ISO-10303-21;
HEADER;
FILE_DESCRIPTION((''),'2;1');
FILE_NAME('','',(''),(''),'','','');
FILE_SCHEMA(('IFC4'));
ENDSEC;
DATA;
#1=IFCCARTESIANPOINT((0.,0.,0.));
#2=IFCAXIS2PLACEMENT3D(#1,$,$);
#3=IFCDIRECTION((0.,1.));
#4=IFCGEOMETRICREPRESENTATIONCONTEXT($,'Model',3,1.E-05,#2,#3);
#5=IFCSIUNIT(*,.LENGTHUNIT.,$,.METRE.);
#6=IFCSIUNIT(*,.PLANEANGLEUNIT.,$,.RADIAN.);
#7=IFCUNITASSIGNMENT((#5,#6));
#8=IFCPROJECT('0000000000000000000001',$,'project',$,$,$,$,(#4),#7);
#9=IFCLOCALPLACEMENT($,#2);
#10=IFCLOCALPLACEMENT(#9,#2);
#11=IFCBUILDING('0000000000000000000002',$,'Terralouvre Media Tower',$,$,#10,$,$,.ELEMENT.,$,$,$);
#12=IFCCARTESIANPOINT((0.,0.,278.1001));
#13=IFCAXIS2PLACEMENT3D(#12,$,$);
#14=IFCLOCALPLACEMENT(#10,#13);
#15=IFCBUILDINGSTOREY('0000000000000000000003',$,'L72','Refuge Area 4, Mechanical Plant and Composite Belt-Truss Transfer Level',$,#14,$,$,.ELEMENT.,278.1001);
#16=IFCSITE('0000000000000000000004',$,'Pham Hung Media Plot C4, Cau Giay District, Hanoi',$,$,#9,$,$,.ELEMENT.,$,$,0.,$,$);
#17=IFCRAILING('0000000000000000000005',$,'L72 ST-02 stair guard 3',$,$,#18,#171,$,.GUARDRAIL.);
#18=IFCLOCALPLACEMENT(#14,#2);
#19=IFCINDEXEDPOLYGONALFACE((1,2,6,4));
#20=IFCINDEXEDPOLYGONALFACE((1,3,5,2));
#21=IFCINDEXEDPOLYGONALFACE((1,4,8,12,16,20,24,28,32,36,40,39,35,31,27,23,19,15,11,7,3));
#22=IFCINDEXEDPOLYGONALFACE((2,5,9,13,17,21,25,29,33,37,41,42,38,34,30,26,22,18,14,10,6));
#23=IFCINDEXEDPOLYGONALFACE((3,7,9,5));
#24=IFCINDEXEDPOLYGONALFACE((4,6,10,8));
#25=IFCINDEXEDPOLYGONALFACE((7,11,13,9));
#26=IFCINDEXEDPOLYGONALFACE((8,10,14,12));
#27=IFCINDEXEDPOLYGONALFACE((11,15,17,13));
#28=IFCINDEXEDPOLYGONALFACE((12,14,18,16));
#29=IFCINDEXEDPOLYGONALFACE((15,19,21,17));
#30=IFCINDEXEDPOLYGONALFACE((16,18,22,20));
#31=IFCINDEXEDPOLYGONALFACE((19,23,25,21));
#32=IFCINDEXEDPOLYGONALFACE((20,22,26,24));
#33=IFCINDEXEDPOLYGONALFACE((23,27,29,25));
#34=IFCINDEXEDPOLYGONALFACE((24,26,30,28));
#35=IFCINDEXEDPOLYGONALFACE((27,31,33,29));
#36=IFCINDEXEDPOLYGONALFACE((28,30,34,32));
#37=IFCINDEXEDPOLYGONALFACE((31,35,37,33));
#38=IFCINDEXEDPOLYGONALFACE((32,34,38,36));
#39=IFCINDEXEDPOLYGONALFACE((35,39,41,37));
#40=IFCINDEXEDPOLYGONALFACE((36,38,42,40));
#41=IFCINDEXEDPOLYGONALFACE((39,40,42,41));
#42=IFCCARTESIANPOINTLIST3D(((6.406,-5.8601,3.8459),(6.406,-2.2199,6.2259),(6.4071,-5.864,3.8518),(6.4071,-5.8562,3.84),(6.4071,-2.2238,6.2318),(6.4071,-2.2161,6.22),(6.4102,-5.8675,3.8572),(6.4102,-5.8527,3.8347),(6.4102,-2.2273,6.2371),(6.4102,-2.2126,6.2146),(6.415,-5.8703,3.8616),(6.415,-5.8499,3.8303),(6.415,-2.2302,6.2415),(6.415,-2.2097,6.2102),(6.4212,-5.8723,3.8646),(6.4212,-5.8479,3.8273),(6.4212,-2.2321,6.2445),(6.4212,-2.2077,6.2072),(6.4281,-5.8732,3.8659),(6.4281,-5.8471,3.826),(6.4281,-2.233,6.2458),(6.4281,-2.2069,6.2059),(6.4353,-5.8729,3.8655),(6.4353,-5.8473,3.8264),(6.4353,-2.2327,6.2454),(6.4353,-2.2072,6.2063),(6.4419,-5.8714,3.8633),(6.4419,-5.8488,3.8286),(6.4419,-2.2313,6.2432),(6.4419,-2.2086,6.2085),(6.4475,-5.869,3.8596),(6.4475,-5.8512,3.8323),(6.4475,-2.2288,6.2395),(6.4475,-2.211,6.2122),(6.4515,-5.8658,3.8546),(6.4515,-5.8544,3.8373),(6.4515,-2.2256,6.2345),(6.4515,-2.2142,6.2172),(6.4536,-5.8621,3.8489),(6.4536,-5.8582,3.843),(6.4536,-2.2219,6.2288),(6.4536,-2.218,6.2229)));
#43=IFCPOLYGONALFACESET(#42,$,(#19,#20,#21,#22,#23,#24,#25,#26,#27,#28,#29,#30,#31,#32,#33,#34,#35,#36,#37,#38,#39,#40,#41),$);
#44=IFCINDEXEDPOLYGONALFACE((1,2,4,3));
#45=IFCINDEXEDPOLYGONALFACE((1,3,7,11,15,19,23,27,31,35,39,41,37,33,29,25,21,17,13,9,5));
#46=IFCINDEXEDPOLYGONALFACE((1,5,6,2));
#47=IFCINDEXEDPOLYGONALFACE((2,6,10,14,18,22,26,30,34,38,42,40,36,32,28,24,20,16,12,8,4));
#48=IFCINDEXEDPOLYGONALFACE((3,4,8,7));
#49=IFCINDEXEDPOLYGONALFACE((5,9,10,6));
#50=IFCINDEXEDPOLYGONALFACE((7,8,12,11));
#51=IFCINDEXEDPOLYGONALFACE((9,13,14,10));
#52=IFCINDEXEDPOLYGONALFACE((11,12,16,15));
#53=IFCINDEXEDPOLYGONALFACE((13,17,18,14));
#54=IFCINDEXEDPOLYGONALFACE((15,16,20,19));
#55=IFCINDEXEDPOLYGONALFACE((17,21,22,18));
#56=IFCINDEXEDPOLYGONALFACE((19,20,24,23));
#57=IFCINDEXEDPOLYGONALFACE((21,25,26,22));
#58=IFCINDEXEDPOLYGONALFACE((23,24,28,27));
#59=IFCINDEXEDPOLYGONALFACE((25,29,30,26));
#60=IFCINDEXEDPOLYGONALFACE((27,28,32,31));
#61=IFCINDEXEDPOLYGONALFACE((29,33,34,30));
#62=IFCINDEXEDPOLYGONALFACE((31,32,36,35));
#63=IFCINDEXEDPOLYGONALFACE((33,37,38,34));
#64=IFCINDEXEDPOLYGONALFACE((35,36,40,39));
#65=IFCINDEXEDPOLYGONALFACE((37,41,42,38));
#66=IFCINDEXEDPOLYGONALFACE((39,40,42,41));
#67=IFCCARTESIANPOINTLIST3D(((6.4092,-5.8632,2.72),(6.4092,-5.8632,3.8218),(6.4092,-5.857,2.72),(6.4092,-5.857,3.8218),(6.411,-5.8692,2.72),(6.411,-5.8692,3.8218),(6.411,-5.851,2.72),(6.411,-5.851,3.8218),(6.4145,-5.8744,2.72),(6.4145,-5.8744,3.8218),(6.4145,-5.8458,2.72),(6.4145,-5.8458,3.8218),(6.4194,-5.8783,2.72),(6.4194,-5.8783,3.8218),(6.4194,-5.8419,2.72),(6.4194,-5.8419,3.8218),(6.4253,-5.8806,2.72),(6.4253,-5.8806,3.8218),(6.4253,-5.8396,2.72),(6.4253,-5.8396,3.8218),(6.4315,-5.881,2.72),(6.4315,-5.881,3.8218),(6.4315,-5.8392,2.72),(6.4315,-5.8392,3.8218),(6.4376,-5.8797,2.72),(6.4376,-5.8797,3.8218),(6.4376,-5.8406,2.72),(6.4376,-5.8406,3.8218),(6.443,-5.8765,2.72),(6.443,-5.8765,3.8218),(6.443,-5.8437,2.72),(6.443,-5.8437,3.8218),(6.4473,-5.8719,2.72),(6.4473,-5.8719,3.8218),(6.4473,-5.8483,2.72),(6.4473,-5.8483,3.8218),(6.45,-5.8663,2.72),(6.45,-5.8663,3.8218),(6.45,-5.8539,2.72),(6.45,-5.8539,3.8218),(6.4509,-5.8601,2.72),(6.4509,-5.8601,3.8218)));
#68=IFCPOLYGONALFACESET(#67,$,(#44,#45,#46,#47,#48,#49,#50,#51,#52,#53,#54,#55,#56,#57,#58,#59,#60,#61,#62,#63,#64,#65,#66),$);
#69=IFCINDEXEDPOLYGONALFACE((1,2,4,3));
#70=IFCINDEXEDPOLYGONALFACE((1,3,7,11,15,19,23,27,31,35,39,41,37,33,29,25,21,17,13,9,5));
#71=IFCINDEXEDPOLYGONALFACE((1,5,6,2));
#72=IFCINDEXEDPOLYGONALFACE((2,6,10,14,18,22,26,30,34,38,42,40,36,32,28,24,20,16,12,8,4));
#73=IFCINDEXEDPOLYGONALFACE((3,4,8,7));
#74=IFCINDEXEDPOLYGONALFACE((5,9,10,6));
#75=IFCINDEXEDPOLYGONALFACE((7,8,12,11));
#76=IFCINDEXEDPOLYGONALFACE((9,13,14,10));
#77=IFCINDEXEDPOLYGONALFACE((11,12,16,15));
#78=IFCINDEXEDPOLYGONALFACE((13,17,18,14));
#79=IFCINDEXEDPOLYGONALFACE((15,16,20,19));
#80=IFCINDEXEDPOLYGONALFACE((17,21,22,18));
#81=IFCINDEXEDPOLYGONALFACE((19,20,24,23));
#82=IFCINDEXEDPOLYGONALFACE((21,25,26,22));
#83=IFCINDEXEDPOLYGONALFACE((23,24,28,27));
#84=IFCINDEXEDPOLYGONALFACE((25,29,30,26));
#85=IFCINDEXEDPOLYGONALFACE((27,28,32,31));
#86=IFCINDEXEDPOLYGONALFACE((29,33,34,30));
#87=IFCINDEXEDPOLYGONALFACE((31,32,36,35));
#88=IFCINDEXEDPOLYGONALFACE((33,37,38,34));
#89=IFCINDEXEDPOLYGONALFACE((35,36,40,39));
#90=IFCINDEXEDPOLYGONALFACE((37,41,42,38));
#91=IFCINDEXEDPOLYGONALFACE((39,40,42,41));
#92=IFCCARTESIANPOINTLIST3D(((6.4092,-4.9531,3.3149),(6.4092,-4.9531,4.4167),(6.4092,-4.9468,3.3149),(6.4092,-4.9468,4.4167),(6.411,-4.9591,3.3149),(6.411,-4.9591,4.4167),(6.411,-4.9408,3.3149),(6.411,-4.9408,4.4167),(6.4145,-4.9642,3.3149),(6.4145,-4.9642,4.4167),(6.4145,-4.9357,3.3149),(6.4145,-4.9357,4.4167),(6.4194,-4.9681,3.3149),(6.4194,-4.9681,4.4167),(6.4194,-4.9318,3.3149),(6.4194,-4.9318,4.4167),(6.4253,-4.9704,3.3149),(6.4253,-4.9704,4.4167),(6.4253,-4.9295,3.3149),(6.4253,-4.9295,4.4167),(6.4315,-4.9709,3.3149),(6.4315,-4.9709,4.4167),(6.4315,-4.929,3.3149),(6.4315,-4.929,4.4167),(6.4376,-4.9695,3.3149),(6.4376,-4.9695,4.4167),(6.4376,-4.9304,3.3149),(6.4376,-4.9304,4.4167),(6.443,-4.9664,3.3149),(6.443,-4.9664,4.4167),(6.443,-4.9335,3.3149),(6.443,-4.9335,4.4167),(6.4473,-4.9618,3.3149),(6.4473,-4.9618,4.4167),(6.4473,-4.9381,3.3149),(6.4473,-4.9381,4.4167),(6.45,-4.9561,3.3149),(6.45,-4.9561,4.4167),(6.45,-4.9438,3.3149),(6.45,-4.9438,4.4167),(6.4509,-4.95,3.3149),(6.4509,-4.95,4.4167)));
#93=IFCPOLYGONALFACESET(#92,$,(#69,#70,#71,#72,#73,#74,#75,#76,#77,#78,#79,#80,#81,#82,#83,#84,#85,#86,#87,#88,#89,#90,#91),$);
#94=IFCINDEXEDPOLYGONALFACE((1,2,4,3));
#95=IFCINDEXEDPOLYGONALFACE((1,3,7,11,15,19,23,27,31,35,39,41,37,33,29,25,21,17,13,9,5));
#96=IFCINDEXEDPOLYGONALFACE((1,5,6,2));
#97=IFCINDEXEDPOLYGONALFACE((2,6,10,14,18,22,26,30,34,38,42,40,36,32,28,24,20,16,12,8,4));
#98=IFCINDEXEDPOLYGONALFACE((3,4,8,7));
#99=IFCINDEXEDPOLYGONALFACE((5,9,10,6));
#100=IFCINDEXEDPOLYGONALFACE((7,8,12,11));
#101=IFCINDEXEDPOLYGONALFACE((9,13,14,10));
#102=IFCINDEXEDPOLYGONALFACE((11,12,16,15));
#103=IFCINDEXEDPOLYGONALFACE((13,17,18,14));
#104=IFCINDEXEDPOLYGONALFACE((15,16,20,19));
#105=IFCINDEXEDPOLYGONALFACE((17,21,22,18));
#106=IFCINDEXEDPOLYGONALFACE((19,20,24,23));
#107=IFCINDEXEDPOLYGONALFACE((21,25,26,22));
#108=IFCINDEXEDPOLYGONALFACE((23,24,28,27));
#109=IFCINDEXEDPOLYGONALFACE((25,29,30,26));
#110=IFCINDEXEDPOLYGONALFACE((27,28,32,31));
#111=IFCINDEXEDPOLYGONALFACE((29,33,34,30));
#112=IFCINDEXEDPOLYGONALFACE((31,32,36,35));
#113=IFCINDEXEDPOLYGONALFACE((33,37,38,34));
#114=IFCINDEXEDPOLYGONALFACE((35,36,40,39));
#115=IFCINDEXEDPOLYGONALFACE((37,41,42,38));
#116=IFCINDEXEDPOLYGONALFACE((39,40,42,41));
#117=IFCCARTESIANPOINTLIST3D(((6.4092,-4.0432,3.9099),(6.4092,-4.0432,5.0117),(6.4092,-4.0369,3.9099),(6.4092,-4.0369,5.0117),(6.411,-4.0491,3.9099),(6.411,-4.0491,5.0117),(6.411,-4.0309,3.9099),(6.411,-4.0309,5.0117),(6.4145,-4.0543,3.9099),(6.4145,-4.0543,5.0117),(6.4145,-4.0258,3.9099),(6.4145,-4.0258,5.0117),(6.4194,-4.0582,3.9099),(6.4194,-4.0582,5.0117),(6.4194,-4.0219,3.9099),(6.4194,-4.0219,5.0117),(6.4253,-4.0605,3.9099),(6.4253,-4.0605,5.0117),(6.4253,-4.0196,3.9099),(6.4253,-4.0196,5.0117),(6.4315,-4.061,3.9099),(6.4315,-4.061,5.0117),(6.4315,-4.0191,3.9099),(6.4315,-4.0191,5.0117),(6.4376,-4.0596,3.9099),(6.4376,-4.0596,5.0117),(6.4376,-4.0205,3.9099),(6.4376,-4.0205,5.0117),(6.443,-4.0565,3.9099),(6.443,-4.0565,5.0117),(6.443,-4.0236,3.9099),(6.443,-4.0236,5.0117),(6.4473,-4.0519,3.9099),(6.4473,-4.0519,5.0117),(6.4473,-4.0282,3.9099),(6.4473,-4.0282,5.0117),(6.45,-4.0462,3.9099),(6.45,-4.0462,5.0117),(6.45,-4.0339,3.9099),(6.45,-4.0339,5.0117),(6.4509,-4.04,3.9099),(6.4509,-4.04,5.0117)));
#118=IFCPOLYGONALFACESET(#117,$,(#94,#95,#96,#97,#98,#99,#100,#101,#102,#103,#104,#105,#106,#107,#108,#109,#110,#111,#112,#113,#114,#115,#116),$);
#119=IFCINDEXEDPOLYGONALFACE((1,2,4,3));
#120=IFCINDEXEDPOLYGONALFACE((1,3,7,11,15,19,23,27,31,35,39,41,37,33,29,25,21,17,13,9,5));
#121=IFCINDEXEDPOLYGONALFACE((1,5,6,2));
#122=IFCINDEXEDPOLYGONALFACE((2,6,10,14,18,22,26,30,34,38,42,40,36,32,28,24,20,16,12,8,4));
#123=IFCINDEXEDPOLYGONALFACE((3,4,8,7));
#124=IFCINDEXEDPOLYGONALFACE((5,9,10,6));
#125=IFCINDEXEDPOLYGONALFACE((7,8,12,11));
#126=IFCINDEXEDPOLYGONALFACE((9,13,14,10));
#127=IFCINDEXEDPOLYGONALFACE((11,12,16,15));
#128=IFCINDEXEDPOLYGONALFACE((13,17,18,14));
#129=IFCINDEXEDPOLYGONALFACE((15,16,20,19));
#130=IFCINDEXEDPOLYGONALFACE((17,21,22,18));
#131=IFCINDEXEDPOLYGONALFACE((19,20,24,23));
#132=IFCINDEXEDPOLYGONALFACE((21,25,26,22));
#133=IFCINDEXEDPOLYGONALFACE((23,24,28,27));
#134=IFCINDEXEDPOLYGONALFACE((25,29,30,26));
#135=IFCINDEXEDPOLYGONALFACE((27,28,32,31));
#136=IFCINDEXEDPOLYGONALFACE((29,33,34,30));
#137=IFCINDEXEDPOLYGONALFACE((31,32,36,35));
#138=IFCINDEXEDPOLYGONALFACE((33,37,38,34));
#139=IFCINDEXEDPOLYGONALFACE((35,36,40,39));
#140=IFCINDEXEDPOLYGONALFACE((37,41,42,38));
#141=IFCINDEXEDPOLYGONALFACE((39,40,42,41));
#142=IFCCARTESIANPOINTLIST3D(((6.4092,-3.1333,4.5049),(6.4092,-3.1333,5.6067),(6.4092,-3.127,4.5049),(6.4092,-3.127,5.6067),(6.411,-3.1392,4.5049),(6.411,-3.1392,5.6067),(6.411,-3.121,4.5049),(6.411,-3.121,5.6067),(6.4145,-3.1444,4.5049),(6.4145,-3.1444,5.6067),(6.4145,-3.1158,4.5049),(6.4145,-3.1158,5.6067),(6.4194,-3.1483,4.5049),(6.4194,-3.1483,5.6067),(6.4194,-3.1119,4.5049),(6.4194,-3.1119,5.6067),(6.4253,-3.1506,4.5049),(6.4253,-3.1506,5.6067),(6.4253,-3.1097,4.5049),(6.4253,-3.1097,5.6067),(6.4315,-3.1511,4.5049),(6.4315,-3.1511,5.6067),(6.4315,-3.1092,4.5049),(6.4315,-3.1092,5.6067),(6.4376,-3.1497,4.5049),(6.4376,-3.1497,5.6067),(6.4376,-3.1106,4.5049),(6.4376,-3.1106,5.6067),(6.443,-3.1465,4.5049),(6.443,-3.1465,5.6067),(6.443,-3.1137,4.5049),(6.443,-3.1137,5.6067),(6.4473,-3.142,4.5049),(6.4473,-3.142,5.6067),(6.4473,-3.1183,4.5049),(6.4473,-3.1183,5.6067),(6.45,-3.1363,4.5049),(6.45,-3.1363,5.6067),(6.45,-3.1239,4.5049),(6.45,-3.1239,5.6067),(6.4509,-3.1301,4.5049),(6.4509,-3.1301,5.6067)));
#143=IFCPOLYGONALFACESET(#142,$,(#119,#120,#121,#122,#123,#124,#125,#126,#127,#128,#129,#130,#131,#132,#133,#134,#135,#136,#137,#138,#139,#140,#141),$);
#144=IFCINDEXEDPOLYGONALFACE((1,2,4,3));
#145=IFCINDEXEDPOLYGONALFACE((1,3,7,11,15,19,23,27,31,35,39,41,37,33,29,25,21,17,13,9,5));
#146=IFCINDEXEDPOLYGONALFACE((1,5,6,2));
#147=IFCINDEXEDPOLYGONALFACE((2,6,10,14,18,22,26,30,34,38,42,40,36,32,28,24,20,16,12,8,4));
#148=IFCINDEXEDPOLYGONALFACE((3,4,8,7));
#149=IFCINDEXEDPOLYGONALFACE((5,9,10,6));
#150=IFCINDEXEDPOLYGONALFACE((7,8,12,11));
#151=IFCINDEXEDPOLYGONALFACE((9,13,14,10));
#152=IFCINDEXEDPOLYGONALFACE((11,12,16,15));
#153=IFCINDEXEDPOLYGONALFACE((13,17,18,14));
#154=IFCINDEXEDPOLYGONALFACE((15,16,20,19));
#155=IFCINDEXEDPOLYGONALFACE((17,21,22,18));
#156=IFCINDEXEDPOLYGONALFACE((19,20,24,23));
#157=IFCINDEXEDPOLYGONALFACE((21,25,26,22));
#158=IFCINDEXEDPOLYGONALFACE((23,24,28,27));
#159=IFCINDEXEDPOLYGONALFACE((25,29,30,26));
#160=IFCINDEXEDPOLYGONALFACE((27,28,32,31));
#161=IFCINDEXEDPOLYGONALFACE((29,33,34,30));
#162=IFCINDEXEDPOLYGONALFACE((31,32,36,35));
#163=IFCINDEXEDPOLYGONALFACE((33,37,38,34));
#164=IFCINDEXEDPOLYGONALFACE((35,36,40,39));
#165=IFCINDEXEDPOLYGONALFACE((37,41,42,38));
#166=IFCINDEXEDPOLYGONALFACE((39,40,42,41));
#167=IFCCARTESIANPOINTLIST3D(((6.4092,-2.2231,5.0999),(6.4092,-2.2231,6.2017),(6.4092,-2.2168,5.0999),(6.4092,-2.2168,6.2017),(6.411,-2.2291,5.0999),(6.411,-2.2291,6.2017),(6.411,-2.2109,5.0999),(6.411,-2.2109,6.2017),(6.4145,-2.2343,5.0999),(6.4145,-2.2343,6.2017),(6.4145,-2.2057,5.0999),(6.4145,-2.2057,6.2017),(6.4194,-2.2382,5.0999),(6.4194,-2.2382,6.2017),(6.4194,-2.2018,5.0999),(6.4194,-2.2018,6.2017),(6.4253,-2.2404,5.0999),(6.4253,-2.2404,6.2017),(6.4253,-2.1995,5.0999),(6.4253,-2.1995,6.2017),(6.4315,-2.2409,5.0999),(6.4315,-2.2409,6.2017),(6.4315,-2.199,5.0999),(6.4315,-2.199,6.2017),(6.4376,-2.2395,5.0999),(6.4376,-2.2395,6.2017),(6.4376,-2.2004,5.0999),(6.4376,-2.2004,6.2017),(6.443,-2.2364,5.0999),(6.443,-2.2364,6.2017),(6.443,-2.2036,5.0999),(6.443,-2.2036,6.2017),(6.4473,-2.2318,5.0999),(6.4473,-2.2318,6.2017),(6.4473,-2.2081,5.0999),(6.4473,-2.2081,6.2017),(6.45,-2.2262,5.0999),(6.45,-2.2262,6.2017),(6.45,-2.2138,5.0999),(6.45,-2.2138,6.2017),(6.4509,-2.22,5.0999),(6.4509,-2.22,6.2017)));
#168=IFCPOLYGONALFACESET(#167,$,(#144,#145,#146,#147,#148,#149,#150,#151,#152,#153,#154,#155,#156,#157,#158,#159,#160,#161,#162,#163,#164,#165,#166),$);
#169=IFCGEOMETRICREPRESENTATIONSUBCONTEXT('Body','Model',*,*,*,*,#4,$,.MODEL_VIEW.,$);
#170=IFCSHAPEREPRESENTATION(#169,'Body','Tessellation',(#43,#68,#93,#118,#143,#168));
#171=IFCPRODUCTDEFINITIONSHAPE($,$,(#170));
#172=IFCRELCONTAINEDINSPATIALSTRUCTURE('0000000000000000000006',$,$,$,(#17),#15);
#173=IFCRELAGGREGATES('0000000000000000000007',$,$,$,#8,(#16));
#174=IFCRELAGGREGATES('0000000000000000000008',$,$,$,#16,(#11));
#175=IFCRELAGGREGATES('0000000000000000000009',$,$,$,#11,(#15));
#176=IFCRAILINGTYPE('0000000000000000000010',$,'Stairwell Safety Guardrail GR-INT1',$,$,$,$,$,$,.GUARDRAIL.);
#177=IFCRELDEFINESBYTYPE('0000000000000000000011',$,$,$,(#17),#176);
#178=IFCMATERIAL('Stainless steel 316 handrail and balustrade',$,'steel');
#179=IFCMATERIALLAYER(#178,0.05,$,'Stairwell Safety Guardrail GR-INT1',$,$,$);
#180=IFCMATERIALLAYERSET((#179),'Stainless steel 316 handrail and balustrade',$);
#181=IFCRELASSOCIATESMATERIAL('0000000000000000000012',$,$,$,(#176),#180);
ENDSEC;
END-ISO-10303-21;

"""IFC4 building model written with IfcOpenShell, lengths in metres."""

from ifc_helpers import new_model, si_unit, direction, frame, origin, origin_2d, place, context, subcontext, project, spatial, circle, extrude, material, layer, layer_set, type_object, element, save


model = new_model("IFC4")

# Units and contexts
model_context = context("Model", 3, precision=1e-05, world=origin(), true_north=direction((0.0, 1.0)))
body_context = subcontext(model_context, "Body", "Model", "MODEL_VIEW")
ifc_project = project(units=[si_unit("LENGTHUNIT", "METRE"), si_unit("PLANEANGLEUNIT", "RADIAN")], contexts=[model_context])

# Site, building, storey
site_placement = place(None, origin())
site = spatial("IfcSite", under=ifc_project, at=site_placement, Name="Pham Hung Media Plot C4, Cau Giay District, Hanoi", CompositionType="ELEMENT", RefElevation=0.0)
building_placement = place(site_placement, origin())
building = spatial("IfcBuilding", under=site, at=building_placement, Name="Terralouvre Media Tower", CompositionType="ELEMENT")
storey_placement = place(building_placement, frame((0.0, 0.0, 278.1001)))
storey = spatial("IfcBuildingStorey", under=building, at=storey_placement, Name="L72", Description="Refuge Area 4, Mechanical Plant and Composite Belt-Truss Transfer Level", CompositionType="ELEMENT", Elevation=278.1001)

# Railing
ifc_material_1 = material(Name="Stainless steel 316 handrail and balustrade", Category="steel")
ifc_layer_1 = layer(ifc_material_1, 0.05, Name="Stairwell Safety Guardrail GR-INT1")
ifc_layer_set_1 = layer_set([ifc_layer_1], Name="Stainless steel 316 handrail and balustrade")
railing_type_1 = type_object("IfcRailingType", Name="Stairwell Safety Guardrail GR-INT1", PredefinedType="GUARDRAIL", material=ifc_layer_set_1)
railing_1_placement = place(storey_placement, frame((6.4299, -5.8601, 2.72)))
element("IfcRailing", 1, at=railing_1_placement, inside=storey, type_object=railing_type_1, Name="L72 ST-02 stair guard 3", PredefinedType="GUARDRAIL", context=body_context, shape_type="SweptSolid", body=[
    extrude(circle(Radius=0.0239, at=origin_2d()), frame((0.0, 0.0, 1.126), z_axis=(0.0, 0.836991, 0.547216), x_axis=(-1.0, 0.0, 0.0)), (0.0, 0.0, 1.0), 4.3491),
    extrude(circle(Radius=0.021, at=origin_2d()), origin(), (0.0, 0.0, 1.0), 1.1018),
    extrude(circle(Radius=0.021, at=origin_2d()), frame((0.0, 0.9102, 0.595)), (0.0, 0.0, 1.0), 1.1018),
    extrude(circle(Radius=0.021, at=origin_2d()), frame((0.0, 1.8201, 1.1899)), (0.0, 0.0, 1.0), 1.1018),
    extrude(circle(Radius=0.021, at=origin_2d()), frame((0.0, 2.73, 1.7849)), (0.0, 0.0, 1.0), 1.1018),
    extrude(circle(Radius=0.021, at=origin_2d()), frame((0.0, 3.6401, 2.3799)), (0.0, 0.0, 1.0), 1.1018),
])

save(model, "model.ifc")
